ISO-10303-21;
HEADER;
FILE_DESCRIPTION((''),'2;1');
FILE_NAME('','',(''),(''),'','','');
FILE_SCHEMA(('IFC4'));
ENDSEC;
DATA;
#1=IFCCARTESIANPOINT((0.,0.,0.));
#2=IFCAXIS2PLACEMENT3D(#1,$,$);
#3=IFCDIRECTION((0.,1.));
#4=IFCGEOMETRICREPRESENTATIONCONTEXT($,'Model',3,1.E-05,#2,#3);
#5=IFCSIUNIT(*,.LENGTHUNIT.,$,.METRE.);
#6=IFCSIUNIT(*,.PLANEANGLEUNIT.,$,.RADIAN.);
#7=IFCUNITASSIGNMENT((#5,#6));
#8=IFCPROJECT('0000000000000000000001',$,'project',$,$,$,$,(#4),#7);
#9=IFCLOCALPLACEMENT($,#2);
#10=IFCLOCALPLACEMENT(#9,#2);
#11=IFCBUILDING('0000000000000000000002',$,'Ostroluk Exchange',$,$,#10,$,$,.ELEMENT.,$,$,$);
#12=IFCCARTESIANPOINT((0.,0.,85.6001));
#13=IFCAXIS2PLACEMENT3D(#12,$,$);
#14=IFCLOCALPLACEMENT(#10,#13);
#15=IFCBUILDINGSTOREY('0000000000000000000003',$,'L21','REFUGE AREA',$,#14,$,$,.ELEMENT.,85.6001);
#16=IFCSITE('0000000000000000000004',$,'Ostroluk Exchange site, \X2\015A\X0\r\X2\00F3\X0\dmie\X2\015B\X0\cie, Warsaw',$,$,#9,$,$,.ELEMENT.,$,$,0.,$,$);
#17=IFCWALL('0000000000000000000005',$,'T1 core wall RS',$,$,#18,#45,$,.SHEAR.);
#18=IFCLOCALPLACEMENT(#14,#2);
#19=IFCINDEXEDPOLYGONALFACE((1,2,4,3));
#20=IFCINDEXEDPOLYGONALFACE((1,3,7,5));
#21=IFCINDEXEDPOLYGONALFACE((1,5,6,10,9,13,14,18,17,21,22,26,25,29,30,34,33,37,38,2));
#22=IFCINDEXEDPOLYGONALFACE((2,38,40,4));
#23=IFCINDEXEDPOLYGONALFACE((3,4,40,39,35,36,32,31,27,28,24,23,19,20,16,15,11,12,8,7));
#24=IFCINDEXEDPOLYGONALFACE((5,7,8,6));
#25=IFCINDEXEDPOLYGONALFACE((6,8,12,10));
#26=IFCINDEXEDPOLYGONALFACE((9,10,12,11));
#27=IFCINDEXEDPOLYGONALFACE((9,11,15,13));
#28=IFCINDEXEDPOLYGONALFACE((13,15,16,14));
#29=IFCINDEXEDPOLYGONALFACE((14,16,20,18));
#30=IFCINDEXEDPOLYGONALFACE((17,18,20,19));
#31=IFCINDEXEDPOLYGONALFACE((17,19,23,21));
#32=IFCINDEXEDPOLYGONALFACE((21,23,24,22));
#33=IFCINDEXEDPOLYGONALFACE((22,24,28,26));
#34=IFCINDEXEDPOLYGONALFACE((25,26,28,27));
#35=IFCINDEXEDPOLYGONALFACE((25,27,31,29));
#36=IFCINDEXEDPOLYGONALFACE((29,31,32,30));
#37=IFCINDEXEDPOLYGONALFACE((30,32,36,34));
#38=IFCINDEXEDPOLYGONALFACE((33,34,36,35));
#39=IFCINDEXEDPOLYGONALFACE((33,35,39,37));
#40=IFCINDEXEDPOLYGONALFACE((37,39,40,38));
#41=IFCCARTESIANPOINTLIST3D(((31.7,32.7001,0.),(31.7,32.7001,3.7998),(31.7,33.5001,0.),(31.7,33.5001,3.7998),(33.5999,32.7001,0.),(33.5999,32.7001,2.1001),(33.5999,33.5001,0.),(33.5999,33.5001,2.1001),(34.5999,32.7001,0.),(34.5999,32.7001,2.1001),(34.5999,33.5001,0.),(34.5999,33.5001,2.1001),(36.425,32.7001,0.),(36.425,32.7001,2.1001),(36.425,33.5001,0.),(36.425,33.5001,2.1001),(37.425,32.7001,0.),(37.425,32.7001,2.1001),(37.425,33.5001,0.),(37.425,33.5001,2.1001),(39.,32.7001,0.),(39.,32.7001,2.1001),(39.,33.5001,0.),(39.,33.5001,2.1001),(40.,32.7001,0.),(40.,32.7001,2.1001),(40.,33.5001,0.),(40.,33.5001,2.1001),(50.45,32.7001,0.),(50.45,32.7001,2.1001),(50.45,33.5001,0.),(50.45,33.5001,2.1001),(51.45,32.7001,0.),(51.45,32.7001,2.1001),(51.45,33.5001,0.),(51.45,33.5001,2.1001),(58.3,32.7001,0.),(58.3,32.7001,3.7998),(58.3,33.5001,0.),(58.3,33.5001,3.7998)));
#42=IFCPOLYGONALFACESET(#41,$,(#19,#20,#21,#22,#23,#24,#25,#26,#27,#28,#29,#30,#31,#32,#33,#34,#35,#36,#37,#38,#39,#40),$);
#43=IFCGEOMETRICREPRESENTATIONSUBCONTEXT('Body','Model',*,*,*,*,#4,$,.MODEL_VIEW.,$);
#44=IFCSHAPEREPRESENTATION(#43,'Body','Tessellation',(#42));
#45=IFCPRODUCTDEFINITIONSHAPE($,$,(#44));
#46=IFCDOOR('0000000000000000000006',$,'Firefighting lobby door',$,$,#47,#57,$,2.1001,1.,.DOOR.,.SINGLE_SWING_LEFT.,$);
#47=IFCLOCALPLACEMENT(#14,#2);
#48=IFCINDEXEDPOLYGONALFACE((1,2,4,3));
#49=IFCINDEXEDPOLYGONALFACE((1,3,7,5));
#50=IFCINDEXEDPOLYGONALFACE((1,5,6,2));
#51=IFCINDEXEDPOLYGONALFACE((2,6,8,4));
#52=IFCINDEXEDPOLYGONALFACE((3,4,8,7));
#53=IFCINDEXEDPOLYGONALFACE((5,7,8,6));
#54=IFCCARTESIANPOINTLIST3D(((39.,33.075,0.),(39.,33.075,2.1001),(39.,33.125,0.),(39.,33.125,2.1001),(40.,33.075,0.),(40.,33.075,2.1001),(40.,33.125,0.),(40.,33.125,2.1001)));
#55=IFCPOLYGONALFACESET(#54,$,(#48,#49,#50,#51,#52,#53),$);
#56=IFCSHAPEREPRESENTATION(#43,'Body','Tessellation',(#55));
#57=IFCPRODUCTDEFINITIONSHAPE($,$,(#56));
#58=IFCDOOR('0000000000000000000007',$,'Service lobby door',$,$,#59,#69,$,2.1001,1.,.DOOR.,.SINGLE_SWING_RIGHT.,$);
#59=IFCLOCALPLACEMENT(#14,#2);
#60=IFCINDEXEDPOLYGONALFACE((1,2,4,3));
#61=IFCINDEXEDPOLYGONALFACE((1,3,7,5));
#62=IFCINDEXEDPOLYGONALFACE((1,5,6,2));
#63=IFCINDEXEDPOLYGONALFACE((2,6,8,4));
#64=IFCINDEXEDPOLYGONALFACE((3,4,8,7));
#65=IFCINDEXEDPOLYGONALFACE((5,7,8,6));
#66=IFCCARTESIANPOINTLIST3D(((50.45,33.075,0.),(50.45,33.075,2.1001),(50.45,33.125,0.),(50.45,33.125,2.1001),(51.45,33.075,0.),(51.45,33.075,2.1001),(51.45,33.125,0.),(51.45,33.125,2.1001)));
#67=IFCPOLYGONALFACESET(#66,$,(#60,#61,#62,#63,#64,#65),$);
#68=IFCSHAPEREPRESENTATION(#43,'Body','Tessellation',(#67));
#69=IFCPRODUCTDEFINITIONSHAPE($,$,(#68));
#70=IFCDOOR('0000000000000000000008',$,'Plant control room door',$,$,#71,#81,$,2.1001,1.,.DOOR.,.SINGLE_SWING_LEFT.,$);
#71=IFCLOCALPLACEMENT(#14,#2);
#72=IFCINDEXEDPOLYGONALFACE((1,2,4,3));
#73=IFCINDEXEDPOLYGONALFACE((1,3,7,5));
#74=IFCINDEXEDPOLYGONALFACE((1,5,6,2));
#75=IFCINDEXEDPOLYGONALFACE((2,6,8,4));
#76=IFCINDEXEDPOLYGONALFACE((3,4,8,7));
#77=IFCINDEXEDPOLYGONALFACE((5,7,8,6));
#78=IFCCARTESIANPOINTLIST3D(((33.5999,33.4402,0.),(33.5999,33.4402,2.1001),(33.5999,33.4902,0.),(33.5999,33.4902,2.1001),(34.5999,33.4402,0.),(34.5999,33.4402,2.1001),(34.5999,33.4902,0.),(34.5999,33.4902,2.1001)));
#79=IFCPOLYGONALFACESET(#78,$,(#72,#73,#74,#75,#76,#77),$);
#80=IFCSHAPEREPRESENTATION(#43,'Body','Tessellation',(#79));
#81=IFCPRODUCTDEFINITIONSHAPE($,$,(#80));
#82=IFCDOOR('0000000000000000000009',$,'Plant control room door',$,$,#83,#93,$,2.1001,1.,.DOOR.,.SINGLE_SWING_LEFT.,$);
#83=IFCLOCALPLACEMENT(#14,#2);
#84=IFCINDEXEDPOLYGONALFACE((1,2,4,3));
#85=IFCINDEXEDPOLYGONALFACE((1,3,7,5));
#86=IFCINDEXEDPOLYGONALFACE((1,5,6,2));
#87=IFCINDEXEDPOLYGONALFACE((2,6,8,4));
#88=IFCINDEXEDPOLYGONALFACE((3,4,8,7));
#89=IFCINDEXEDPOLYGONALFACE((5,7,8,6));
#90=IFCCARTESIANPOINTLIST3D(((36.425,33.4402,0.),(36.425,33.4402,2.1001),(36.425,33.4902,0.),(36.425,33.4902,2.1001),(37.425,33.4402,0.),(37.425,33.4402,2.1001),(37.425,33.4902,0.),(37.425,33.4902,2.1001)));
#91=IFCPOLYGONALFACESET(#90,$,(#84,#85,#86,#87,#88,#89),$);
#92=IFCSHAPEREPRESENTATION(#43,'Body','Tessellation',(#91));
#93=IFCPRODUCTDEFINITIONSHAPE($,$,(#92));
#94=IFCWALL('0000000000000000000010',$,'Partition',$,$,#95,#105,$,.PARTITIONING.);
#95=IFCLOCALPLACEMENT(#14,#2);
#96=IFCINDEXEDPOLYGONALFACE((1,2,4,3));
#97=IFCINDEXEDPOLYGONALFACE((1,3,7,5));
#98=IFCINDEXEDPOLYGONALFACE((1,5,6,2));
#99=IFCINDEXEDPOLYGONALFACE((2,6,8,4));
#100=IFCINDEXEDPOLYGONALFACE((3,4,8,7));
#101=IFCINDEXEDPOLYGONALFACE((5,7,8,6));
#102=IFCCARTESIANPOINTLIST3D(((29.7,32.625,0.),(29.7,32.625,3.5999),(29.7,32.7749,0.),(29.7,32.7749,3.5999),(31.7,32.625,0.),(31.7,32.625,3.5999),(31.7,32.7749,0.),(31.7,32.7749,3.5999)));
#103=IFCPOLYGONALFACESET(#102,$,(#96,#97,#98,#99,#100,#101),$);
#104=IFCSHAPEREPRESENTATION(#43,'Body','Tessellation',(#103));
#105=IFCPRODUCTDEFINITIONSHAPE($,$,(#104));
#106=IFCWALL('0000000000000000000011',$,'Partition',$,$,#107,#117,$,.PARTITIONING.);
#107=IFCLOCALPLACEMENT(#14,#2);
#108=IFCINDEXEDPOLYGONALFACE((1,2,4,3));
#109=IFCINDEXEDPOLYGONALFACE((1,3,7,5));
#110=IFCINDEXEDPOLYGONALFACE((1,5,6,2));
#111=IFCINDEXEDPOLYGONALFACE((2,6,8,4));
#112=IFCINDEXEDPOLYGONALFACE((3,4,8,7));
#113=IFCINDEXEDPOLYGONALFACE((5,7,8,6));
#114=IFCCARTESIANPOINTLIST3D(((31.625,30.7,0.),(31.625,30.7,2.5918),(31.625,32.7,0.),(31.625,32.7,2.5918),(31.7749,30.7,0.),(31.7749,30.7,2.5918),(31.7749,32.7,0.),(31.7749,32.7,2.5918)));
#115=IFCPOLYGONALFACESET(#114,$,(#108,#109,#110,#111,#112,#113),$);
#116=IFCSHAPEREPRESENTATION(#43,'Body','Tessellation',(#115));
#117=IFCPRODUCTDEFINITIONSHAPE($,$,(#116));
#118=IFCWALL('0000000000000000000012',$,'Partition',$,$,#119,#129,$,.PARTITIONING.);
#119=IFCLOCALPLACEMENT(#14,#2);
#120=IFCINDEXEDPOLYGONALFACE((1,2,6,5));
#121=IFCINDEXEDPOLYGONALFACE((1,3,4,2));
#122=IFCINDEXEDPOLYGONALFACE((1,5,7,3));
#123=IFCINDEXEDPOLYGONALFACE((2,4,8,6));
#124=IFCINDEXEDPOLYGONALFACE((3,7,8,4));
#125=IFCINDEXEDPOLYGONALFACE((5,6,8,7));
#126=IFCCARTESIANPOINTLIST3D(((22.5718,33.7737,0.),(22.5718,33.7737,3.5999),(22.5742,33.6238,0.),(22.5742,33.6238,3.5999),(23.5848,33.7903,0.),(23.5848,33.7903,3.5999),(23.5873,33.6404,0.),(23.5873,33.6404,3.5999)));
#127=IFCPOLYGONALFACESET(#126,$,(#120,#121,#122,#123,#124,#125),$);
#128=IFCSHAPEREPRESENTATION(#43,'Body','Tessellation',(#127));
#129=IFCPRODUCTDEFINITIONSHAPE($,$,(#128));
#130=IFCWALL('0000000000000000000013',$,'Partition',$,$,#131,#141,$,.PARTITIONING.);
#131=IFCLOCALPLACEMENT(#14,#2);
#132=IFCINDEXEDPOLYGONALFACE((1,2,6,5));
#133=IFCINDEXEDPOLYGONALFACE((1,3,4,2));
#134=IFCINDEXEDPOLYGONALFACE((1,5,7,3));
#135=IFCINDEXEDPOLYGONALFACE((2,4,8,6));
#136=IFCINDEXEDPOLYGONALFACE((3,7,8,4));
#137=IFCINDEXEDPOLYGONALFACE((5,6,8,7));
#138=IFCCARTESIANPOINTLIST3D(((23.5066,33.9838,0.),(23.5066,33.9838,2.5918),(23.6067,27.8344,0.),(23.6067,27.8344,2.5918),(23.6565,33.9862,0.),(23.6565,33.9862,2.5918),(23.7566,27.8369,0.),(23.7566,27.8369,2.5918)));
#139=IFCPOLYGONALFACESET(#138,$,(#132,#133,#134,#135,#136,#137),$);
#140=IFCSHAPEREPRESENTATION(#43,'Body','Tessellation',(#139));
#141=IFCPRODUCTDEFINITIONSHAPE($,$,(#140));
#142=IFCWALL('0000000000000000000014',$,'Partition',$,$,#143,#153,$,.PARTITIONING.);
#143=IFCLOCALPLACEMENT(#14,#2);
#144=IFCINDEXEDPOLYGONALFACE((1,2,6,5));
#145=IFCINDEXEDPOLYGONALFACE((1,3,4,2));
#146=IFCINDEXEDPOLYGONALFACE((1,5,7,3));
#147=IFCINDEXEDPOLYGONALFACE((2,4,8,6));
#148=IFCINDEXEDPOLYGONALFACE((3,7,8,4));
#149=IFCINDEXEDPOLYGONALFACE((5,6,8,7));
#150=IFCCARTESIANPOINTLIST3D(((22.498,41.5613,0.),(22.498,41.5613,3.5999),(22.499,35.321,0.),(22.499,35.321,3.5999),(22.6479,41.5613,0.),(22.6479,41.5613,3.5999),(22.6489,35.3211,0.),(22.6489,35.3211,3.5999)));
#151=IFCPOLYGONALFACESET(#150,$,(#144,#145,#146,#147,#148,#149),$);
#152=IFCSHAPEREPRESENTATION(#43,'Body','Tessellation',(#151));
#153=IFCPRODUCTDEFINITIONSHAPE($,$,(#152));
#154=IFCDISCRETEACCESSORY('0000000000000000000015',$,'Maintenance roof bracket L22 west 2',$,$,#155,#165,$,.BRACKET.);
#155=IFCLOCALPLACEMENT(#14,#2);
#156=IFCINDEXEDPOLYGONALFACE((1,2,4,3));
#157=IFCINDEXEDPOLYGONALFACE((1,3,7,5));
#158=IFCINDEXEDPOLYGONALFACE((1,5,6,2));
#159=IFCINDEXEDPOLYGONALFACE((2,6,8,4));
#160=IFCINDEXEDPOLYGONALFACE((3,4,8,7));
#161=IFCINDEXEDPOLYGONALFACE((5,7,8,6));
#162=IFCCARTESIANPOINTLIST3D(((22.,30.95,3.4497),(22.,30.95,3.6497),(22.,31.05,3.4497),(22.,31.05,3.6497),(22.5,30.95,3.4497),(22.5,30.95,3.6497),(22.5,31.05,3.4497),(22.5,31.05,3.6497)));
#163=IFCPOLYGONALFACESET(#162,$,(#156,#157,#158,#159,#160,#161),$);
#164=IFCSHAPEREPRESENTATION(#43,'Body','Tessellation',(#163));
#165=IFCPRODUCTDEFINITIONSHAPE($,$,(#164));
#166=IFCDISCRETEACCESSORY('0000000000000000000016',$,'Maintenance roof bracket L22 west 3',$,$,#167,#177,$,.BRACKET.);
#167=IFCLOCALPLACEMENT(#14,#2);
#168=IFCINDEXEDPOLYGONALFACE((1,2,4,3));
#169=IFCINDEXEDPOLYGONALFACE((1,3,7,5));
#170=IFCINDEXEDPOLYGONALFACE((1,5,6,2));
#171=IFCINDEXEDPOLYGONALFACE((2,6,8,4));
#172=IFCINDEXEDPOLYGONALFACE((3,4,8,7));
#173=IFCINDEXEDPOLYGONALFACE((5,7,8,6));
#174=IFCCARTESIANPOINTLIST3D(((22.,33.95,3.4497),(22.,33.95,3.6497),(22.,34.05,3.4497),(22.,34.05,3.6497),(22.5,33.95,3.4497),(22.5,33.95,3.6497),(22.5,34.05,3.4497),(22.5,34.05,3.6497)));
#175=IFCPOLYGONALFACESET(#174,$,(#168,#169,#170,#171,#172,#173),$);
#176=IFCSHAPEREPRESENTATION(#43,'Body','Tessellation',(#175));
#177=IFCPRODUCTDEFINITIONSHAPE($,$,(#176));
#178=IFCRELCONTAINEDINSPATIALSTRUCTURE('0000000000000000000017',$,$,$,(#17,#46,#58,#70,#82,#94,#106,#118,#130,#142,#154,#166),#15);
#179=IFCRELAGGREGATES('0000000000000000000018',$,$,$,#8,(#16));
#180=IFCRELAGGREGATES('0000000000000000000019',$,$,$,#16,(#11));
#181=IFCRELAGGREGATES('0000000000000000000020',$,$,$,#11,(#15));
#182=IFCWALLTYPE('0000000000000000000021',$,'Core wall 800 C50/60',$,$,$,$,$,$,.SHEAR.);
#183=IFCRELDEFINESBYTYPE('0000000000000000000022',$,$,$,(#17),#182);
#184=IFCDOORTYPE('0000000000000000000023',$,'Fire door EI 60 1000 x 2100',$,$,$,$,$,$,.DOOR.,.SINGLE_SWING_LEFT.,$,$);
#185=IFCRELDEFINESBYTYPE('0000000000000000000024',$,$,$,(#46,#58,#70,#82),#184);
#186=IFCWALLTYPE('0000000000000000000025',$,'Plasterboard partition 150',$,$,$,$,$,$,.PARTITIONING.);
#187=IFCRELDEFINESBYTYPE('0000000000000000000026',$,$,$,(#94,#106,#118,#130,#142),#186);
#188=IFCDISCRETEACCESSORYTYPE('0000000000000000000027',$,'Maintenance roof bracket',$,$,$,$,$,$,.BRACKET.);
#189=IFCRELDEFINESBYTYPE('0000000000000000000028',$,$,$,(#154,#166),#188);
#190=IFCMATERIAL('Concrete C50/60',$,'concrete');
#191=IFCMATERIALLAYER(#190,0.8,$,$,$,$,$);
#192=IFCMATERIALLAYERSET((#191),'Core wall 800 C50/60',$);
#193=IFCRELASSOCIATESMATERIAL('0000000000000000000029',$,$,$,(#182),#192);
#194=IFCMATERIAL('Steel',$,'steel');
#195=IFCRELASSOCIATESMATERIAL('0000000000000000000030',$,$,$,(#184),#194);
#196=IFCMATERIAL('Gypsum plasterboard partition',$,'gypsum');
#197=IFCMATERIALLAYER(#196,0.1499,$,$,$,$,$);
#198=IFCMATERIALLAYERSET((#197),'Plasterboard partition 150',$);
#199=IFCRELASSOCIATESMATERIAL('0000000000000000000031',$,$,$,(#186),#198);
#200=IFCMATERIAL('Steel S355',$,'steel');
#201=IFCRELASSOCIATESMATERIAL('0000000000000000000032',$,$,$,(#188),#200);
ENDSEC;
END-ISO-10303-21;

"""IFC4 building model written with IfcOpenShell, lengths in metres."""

from ifc_helpers import new_model, si_unit, direction, frame, frame_2d, origin, origin_2d, place, context, subcontext, project, spatial, rectangle, extrude, material, layer, layer_set, type_object, element, fill, save


model = new_model("IFC4")

# Units and contexts
model_context = context("Model", 3, precision=1e-05, world=origin(), true_north=direction((0.0, 1.0)))
body_context = subcontext(model_context, "Body", "Model", "MODEL_VIEW")
ifc_project = project(units=[si_unit("LENGTHUNIT", "METRE"), si_unit("PLANEANGLEUNIT", "RADIAN")], contexts=[model_context])

# Site, building, storey
site_placement = place(None, origin())
site = spatial("IfcSite", under=ifc_project, at=site_placement, Name="Ostroluk Exchange site, Śródmieście, Warsaw", CompositionType="ELEMENT", RefElevation=0.0)
building_placement = place(site_placement, origin())
building = spatial("IfcBuilding", under=site, at=building_placement, Name="Ostroluk Exchange", CompositionType="ELEMENT")
storey_placement = place(building_placement, frame((0.0, 0.0, 85.6001)))
storey = spatial("IfcBuildingStorey", under=building, at=storey_placement, Name="L21", Description="REFUGE AREA", CompositionType="ELEMENT", Elevation=85.6001)

# Wall, openings, doors
ifc_material_1 = material(Name="Concrete C50/60", Category="concrete")
ifc_layer_1 = layer(ifc_material_1, 0.8)
ifc_layer_set_1 = layer_set([ifc_layer_1], Name="Core wall 800 C50/60")
wall_type_1 = type_object("IfcWallType", Name="Core wall 800 C50/60", PredefinedType="SHEAR", material=ifc_layer_set_1)
wall_1_placement = place(storey_placement, frame((31.7, 33.1001, 0.0), z_axis=(0.0, 0.0, 1.0), x_axis=(1.0, 0.0, 0.0)))
wall_1 = element("IfcWall", 1, at=wall_1_placement, inside=storey, type_object=wall_type_1, Name="T1 core wall RS", PredefinedType="SHEAR", context=body_context, shape_type="SweptSolid", body=[
    extrude(rectangle(XDim=26.6001, YDim=0.8, at=frame_2d((13.3, 0.0))), origin(), (0.0, 0.0, 1.0), 3.7998),
])
opening_1_placement = place(wall_1_placement, frame((7.3, 0.0, 0.0)))
opening_1 = element("IfcOpeningElement", 2, at=opening_1_placement, cuts=wall_1, PredefinedType="OPENING", context=body_context, shape_type="SweptSolid", body=[
    extrude(rectangle(XDim=1.0, YDim=2.1001, at=frame_2d((0.5, 1.05))), frame((0.0, 0.4099, 0.0), z_axis=(0.0, -1.0, 0.0), x_axis=(1.0, 0.0, 0.0)), (0.0, 0.0, 1.0), 0.8201),
])
opening_2_placement = place(wall_1_placement, frame((18.75, 0.0, 0.0)))
opening_2 = element("IfcOpeningElement", 3, at=opening_2_placement, cuts=wall_1, PredefinedType="OPENING", context=body_context, shape_type="SweptSolid", body=[
    extrude(rectangle(XDim=1.0, YDim=2.1001, at=frame_2d((0.5, 1.05))), frame((0.0, 0.4099, 0.0), z_axis=(0.0, -1.0, 0.0), x_axis=(1.0, 0.0, 0.0)), (0.0, 0.0, 1.0), 0.8201),
])
opening_3_placement = place(wall_1_placement, frame((1.8999, 0.0, 0.0)))
opening_3 = element("IfcOpeningElement", 4, at=opening_3_placement, cuts=wall_1, PredefinedType="OPENING", context=body_context, shape_type="SweptSolid", body=[
    extrude(rectangle(XDim=1.0, YDim=2.1001, at=frame_2d((0.5, 1.05))), frame((0.0, 0.4099, 0.0), z_axis=(0.0, -1.0, 0.0), x_axis=(1.0, 0.0, 0.0)), (0.0, 0.0, 1.0), 0.8201),
])
opening_4_placement = place(wall_1_placement, frame((4.7251, 0.0, 0.0)))
opening_4 = element("IfcOpeningElement", 5, at=opening_4_placement, cuts=wall_1, PredefinedType="OPENING", context=body_context, shape_type="SweptSolid", body=[
    extrude(rectangle(XDim=1.0, YDim=2.1001, at=frame_2d((0.5, 1.05))), frame((0.0, 0.4099, 0.0), z_axis=(0.0, -1.0, 0.0), x_axis=(1.0, 0.0, 0.0)), (0.0, 0.0, 1.0), 0.8201),
])
ifc_material_2 = material(Name="Steel", Category="steel")
door_type_1 = type_object("IfcDoorType", Name="Fire door EI 60 1000 x 2100", OperationType="SINGLE_SWING_LEFT", PredefinedType="DOOR", material=ifc_material_2)
door_1_placement = place(opening_1_placement, origin())
door_1 = element("IfcDoor", 6, at=door_1_placement, inside=storey, type_object=door_type_1, Name="Firefighting lobby door", OperationType="SINGLE_SWING_LEFT", OverallHeight=2.1001, OverallWidth=1.0, PredefinedType="DOOR", context=body_context, shape_type="SweptSolid", body=[
    extrude(rectangle(XDim=1.0, YDim=2.1001, at=frame_2d((0.5, 1.05))), frame((0.0, 0.0249, 0.0), z_axis=(0.0, -1.0, 0.0), x_axis=(1.0, 0.0, 0.0)), (0.0, 0.0, 1.0), 0.05),
])
fill(opening_1, door_1)
door_2_placement = place(opening_2_placement, origin())
door_2 = element("IfcDoor", 7, at=door_2_placement, inside=storey, type_object=door_type_1, Name="Service lobby door", OperationType="SINGLE_SWING_RIGHT", OverallHeight=2.1001, OverallWidth=1.0, PredefinedType="DOOR", context=body_context, shape_type="SweptSolid", body=[
    extrude(rectangle(XDim=1.0, YDim=2.1001, at=frame_2d((0.5, 1.05))), frame((0.0, 0.0249, 0.0), z_axis=(0.0, -1.0, 0.0), x_axis=(1.0, 0.0, 0.0)), (0.0, 0.0, 1.0), 0.05),
])
fill(opening_2, door_2)
door_3_placement = place(opening_3_placement, origin())
door_3 = element("IfcDoor", 8, at=door_3_placement, inside=storey, type_object=door_type_1, Name="Plant control room door", OperationType="SINGLE_SWING_LEFT", OverallHeight=2.1001, OverallWidth=1.0, PredefinedType="DOOR", context=body_context, shape_type="SweptSolid", body=[
    extrude(rectangle(XDim=1.0, YDim=2.1001, at=frame_2d((0.5, 1.05))), frame((0.0, 0.3901, 0.0), z_axis=(0.0, -1.0, 0.0), x_axis=(1.0, 0.0, 0.0)), (0.0, 0.0, 1.0), 0.05),
])
fill(opening_3, door_3)
door_4_placement = place(opening_4_placement, origin())
door_4 = element("IfcDoor", 9, at=door_4_placement, inside=storey, type_object=door_type_1, Name="Plant control room door", OperationType="SINGLE_SWING_LEFT", OverallHeight=2.1001, OverallWidth=1.0, PredefinedType="DOOR", context=body_context, shape_type="SweptSolid", body=[
    extrude(rectangle(XDim=1.0, YDim=2.1001, at=frame_2d((0.5, 1.05))), frame((0.0, 0.3901, 0.0), z_axis=(0.0, -1.0, 0.0), x_axis=(1.0, 0.0, 0.0)), (0.0, 0.0, 1.0), 0.05),
])
fill(opening_4, door_4)

# Walls
ifc_material_3 = material(Name="Gypsum plasterboard partition", Category="gypsum")
ifc_layer_2 = layer(ifc_material_3, 0.1499)
ifc_layer_set_2 = layer_set([ifc_layer_2], Name="Plasterboard partition 150")
wall_type_2 = type_object("IfcWallType", Name="Plasterboard partition 150", PredefinedType="PARTITIONING", material=ifc_layer_set_2)
wall_2_placement = place(storey_placement, frame((31.7, 32.7, 0.0), z_axis=(0.0, 0.0, 1.0), x_axis=(-1.0, 0.0, 0.0)))
element("IfcWall", 10, at=wall_2_placement, inside=storey, type_object=wall_type_2, Name="Partition", PredefinedType="PARTITIONING", context=body_context, shape_type="SweptSolid", body=[
    extrude(rectangle(XDim=2.0, YDim=0.1499, at=frame_2d((1.0, 0.0))), origin(), (0.0, 0.0, 1.0), 3.5999),
])
wall_3_placement = place(storey_placement, frame((31.7, 32.7, 0.0), z_axis=(0.0, 0.0, 1.0), x_axis=(0.0, -1.0, 0.0)))
element("IfcWall", 11, at=wall_3_placement, inside=storey, type_object=wall_type_2, Name="Partition", PredefinedType="PARTITIONING", context=body_context, shape_type="SweptSolid", body=[
    extrude(rectangle(XDim=2.0, YDim=0.1499, at=frame_2d((1.0, 0.0))), origin(), (0.0, 0.0, 1.0), 2.5918),
])
wall_4_placement = place(storey_placement, frame((22.573, 33.6987, 0.0), z_axis=(0.0, 0.0, 1.0), x_axis=(0.999866, 0.016387, 0.0)))
element("IfcWall", 12, at=wall_4_placement, inside=storey, type_object=wall_type_2, Name="Partition", PredefinedType="PARTITIONING", context=body_context, shape_type="SweptSolid", body=[
    extrude(rectangle(XDim=1.0132, YDim=0.1499, at=frame_2d((0.5066, 0.0))), origin(), (0.0, 0.0, 1.0), 3.5999),
])
wall_5_placement = place(storey_placement, frame((23.5815, 33.9851, 0.0), z_axis=(0.0, 0.0, 1.0), x_axis=(0.016275, -0.999868, 0.0)))
element("IfcWall", 13, at=wall_5_placement, inside=storey, type_object=wall_type_2, Name="Partition", PredefinedType="PARTITIONING", context=body_context, shape_type="SweptSolid", body=[
    extrude(rectangle(XDim=6.1501, YDim=0.1499, at=frame_2d((3.0752, 0.0))), origin(), (0.0, 0.0, 1.0), 2.5918),
])
wall_6_placement = place(storey_placement, frame((22.574, 35.321, 0.0), z_axis=(0.0, 0.0, 1.0), x_axis=(-0.000156, 1.0, 0.0)))
element("IfcWall", 14, at=wall_6_placement, inside=storey, type_object=wall_type_2, Name="Partition", PredefinedType="PARTITIONING", context=body_context, shape_type="SweptSolid", body=[
    extrude(rectangle(XDim=6.2402, YDim=0.1499, at=frame_2d((3.1201, 0.0))), origin(), (0.0, 0.0, 1.0), 3.5999),
])

# Discrete accessories
ifc_material_4 = material(Name="Steel S355", Category="steel")
discrete_accessory_type = type_object("IfcDiscreteAccessoryType", Name="Maintenance roof bracket", PredefinedType="BRACKET", material=ifc_material_4)
for number, where, z_axis, x_axis, name in (
    (15, (22.25, 31.0, 3.4497), (0.0, 0.0, 1.0), (1.0, 0.0, 0.0), "Maintenance roof bracket L22 west 2"),
    (16, (22.25, 34.0, 3.4497), (0.0, 0.0, 1.0), (1.0, 0.0, 0.0), "Maintenance roof bracket L22 west 3"),
):
    element("IfcDiscreteAccessory", number, at=place(storey_placement, frame(where, z_axis=z_axis, x_axis=x_axis)), inside=storey, type_object=discrete_accessory_type, Name=name, PredefinedType="BRACKET", context=body_context, shape_type="SweptSolid", body=[
        extrude(rectangle(XDim=0.5, YDim=0.1001, at=origin_2d()), origin(), (0.0, 0.0, 1.0), 0.2),
    ])

save(model, "model.ifc")
